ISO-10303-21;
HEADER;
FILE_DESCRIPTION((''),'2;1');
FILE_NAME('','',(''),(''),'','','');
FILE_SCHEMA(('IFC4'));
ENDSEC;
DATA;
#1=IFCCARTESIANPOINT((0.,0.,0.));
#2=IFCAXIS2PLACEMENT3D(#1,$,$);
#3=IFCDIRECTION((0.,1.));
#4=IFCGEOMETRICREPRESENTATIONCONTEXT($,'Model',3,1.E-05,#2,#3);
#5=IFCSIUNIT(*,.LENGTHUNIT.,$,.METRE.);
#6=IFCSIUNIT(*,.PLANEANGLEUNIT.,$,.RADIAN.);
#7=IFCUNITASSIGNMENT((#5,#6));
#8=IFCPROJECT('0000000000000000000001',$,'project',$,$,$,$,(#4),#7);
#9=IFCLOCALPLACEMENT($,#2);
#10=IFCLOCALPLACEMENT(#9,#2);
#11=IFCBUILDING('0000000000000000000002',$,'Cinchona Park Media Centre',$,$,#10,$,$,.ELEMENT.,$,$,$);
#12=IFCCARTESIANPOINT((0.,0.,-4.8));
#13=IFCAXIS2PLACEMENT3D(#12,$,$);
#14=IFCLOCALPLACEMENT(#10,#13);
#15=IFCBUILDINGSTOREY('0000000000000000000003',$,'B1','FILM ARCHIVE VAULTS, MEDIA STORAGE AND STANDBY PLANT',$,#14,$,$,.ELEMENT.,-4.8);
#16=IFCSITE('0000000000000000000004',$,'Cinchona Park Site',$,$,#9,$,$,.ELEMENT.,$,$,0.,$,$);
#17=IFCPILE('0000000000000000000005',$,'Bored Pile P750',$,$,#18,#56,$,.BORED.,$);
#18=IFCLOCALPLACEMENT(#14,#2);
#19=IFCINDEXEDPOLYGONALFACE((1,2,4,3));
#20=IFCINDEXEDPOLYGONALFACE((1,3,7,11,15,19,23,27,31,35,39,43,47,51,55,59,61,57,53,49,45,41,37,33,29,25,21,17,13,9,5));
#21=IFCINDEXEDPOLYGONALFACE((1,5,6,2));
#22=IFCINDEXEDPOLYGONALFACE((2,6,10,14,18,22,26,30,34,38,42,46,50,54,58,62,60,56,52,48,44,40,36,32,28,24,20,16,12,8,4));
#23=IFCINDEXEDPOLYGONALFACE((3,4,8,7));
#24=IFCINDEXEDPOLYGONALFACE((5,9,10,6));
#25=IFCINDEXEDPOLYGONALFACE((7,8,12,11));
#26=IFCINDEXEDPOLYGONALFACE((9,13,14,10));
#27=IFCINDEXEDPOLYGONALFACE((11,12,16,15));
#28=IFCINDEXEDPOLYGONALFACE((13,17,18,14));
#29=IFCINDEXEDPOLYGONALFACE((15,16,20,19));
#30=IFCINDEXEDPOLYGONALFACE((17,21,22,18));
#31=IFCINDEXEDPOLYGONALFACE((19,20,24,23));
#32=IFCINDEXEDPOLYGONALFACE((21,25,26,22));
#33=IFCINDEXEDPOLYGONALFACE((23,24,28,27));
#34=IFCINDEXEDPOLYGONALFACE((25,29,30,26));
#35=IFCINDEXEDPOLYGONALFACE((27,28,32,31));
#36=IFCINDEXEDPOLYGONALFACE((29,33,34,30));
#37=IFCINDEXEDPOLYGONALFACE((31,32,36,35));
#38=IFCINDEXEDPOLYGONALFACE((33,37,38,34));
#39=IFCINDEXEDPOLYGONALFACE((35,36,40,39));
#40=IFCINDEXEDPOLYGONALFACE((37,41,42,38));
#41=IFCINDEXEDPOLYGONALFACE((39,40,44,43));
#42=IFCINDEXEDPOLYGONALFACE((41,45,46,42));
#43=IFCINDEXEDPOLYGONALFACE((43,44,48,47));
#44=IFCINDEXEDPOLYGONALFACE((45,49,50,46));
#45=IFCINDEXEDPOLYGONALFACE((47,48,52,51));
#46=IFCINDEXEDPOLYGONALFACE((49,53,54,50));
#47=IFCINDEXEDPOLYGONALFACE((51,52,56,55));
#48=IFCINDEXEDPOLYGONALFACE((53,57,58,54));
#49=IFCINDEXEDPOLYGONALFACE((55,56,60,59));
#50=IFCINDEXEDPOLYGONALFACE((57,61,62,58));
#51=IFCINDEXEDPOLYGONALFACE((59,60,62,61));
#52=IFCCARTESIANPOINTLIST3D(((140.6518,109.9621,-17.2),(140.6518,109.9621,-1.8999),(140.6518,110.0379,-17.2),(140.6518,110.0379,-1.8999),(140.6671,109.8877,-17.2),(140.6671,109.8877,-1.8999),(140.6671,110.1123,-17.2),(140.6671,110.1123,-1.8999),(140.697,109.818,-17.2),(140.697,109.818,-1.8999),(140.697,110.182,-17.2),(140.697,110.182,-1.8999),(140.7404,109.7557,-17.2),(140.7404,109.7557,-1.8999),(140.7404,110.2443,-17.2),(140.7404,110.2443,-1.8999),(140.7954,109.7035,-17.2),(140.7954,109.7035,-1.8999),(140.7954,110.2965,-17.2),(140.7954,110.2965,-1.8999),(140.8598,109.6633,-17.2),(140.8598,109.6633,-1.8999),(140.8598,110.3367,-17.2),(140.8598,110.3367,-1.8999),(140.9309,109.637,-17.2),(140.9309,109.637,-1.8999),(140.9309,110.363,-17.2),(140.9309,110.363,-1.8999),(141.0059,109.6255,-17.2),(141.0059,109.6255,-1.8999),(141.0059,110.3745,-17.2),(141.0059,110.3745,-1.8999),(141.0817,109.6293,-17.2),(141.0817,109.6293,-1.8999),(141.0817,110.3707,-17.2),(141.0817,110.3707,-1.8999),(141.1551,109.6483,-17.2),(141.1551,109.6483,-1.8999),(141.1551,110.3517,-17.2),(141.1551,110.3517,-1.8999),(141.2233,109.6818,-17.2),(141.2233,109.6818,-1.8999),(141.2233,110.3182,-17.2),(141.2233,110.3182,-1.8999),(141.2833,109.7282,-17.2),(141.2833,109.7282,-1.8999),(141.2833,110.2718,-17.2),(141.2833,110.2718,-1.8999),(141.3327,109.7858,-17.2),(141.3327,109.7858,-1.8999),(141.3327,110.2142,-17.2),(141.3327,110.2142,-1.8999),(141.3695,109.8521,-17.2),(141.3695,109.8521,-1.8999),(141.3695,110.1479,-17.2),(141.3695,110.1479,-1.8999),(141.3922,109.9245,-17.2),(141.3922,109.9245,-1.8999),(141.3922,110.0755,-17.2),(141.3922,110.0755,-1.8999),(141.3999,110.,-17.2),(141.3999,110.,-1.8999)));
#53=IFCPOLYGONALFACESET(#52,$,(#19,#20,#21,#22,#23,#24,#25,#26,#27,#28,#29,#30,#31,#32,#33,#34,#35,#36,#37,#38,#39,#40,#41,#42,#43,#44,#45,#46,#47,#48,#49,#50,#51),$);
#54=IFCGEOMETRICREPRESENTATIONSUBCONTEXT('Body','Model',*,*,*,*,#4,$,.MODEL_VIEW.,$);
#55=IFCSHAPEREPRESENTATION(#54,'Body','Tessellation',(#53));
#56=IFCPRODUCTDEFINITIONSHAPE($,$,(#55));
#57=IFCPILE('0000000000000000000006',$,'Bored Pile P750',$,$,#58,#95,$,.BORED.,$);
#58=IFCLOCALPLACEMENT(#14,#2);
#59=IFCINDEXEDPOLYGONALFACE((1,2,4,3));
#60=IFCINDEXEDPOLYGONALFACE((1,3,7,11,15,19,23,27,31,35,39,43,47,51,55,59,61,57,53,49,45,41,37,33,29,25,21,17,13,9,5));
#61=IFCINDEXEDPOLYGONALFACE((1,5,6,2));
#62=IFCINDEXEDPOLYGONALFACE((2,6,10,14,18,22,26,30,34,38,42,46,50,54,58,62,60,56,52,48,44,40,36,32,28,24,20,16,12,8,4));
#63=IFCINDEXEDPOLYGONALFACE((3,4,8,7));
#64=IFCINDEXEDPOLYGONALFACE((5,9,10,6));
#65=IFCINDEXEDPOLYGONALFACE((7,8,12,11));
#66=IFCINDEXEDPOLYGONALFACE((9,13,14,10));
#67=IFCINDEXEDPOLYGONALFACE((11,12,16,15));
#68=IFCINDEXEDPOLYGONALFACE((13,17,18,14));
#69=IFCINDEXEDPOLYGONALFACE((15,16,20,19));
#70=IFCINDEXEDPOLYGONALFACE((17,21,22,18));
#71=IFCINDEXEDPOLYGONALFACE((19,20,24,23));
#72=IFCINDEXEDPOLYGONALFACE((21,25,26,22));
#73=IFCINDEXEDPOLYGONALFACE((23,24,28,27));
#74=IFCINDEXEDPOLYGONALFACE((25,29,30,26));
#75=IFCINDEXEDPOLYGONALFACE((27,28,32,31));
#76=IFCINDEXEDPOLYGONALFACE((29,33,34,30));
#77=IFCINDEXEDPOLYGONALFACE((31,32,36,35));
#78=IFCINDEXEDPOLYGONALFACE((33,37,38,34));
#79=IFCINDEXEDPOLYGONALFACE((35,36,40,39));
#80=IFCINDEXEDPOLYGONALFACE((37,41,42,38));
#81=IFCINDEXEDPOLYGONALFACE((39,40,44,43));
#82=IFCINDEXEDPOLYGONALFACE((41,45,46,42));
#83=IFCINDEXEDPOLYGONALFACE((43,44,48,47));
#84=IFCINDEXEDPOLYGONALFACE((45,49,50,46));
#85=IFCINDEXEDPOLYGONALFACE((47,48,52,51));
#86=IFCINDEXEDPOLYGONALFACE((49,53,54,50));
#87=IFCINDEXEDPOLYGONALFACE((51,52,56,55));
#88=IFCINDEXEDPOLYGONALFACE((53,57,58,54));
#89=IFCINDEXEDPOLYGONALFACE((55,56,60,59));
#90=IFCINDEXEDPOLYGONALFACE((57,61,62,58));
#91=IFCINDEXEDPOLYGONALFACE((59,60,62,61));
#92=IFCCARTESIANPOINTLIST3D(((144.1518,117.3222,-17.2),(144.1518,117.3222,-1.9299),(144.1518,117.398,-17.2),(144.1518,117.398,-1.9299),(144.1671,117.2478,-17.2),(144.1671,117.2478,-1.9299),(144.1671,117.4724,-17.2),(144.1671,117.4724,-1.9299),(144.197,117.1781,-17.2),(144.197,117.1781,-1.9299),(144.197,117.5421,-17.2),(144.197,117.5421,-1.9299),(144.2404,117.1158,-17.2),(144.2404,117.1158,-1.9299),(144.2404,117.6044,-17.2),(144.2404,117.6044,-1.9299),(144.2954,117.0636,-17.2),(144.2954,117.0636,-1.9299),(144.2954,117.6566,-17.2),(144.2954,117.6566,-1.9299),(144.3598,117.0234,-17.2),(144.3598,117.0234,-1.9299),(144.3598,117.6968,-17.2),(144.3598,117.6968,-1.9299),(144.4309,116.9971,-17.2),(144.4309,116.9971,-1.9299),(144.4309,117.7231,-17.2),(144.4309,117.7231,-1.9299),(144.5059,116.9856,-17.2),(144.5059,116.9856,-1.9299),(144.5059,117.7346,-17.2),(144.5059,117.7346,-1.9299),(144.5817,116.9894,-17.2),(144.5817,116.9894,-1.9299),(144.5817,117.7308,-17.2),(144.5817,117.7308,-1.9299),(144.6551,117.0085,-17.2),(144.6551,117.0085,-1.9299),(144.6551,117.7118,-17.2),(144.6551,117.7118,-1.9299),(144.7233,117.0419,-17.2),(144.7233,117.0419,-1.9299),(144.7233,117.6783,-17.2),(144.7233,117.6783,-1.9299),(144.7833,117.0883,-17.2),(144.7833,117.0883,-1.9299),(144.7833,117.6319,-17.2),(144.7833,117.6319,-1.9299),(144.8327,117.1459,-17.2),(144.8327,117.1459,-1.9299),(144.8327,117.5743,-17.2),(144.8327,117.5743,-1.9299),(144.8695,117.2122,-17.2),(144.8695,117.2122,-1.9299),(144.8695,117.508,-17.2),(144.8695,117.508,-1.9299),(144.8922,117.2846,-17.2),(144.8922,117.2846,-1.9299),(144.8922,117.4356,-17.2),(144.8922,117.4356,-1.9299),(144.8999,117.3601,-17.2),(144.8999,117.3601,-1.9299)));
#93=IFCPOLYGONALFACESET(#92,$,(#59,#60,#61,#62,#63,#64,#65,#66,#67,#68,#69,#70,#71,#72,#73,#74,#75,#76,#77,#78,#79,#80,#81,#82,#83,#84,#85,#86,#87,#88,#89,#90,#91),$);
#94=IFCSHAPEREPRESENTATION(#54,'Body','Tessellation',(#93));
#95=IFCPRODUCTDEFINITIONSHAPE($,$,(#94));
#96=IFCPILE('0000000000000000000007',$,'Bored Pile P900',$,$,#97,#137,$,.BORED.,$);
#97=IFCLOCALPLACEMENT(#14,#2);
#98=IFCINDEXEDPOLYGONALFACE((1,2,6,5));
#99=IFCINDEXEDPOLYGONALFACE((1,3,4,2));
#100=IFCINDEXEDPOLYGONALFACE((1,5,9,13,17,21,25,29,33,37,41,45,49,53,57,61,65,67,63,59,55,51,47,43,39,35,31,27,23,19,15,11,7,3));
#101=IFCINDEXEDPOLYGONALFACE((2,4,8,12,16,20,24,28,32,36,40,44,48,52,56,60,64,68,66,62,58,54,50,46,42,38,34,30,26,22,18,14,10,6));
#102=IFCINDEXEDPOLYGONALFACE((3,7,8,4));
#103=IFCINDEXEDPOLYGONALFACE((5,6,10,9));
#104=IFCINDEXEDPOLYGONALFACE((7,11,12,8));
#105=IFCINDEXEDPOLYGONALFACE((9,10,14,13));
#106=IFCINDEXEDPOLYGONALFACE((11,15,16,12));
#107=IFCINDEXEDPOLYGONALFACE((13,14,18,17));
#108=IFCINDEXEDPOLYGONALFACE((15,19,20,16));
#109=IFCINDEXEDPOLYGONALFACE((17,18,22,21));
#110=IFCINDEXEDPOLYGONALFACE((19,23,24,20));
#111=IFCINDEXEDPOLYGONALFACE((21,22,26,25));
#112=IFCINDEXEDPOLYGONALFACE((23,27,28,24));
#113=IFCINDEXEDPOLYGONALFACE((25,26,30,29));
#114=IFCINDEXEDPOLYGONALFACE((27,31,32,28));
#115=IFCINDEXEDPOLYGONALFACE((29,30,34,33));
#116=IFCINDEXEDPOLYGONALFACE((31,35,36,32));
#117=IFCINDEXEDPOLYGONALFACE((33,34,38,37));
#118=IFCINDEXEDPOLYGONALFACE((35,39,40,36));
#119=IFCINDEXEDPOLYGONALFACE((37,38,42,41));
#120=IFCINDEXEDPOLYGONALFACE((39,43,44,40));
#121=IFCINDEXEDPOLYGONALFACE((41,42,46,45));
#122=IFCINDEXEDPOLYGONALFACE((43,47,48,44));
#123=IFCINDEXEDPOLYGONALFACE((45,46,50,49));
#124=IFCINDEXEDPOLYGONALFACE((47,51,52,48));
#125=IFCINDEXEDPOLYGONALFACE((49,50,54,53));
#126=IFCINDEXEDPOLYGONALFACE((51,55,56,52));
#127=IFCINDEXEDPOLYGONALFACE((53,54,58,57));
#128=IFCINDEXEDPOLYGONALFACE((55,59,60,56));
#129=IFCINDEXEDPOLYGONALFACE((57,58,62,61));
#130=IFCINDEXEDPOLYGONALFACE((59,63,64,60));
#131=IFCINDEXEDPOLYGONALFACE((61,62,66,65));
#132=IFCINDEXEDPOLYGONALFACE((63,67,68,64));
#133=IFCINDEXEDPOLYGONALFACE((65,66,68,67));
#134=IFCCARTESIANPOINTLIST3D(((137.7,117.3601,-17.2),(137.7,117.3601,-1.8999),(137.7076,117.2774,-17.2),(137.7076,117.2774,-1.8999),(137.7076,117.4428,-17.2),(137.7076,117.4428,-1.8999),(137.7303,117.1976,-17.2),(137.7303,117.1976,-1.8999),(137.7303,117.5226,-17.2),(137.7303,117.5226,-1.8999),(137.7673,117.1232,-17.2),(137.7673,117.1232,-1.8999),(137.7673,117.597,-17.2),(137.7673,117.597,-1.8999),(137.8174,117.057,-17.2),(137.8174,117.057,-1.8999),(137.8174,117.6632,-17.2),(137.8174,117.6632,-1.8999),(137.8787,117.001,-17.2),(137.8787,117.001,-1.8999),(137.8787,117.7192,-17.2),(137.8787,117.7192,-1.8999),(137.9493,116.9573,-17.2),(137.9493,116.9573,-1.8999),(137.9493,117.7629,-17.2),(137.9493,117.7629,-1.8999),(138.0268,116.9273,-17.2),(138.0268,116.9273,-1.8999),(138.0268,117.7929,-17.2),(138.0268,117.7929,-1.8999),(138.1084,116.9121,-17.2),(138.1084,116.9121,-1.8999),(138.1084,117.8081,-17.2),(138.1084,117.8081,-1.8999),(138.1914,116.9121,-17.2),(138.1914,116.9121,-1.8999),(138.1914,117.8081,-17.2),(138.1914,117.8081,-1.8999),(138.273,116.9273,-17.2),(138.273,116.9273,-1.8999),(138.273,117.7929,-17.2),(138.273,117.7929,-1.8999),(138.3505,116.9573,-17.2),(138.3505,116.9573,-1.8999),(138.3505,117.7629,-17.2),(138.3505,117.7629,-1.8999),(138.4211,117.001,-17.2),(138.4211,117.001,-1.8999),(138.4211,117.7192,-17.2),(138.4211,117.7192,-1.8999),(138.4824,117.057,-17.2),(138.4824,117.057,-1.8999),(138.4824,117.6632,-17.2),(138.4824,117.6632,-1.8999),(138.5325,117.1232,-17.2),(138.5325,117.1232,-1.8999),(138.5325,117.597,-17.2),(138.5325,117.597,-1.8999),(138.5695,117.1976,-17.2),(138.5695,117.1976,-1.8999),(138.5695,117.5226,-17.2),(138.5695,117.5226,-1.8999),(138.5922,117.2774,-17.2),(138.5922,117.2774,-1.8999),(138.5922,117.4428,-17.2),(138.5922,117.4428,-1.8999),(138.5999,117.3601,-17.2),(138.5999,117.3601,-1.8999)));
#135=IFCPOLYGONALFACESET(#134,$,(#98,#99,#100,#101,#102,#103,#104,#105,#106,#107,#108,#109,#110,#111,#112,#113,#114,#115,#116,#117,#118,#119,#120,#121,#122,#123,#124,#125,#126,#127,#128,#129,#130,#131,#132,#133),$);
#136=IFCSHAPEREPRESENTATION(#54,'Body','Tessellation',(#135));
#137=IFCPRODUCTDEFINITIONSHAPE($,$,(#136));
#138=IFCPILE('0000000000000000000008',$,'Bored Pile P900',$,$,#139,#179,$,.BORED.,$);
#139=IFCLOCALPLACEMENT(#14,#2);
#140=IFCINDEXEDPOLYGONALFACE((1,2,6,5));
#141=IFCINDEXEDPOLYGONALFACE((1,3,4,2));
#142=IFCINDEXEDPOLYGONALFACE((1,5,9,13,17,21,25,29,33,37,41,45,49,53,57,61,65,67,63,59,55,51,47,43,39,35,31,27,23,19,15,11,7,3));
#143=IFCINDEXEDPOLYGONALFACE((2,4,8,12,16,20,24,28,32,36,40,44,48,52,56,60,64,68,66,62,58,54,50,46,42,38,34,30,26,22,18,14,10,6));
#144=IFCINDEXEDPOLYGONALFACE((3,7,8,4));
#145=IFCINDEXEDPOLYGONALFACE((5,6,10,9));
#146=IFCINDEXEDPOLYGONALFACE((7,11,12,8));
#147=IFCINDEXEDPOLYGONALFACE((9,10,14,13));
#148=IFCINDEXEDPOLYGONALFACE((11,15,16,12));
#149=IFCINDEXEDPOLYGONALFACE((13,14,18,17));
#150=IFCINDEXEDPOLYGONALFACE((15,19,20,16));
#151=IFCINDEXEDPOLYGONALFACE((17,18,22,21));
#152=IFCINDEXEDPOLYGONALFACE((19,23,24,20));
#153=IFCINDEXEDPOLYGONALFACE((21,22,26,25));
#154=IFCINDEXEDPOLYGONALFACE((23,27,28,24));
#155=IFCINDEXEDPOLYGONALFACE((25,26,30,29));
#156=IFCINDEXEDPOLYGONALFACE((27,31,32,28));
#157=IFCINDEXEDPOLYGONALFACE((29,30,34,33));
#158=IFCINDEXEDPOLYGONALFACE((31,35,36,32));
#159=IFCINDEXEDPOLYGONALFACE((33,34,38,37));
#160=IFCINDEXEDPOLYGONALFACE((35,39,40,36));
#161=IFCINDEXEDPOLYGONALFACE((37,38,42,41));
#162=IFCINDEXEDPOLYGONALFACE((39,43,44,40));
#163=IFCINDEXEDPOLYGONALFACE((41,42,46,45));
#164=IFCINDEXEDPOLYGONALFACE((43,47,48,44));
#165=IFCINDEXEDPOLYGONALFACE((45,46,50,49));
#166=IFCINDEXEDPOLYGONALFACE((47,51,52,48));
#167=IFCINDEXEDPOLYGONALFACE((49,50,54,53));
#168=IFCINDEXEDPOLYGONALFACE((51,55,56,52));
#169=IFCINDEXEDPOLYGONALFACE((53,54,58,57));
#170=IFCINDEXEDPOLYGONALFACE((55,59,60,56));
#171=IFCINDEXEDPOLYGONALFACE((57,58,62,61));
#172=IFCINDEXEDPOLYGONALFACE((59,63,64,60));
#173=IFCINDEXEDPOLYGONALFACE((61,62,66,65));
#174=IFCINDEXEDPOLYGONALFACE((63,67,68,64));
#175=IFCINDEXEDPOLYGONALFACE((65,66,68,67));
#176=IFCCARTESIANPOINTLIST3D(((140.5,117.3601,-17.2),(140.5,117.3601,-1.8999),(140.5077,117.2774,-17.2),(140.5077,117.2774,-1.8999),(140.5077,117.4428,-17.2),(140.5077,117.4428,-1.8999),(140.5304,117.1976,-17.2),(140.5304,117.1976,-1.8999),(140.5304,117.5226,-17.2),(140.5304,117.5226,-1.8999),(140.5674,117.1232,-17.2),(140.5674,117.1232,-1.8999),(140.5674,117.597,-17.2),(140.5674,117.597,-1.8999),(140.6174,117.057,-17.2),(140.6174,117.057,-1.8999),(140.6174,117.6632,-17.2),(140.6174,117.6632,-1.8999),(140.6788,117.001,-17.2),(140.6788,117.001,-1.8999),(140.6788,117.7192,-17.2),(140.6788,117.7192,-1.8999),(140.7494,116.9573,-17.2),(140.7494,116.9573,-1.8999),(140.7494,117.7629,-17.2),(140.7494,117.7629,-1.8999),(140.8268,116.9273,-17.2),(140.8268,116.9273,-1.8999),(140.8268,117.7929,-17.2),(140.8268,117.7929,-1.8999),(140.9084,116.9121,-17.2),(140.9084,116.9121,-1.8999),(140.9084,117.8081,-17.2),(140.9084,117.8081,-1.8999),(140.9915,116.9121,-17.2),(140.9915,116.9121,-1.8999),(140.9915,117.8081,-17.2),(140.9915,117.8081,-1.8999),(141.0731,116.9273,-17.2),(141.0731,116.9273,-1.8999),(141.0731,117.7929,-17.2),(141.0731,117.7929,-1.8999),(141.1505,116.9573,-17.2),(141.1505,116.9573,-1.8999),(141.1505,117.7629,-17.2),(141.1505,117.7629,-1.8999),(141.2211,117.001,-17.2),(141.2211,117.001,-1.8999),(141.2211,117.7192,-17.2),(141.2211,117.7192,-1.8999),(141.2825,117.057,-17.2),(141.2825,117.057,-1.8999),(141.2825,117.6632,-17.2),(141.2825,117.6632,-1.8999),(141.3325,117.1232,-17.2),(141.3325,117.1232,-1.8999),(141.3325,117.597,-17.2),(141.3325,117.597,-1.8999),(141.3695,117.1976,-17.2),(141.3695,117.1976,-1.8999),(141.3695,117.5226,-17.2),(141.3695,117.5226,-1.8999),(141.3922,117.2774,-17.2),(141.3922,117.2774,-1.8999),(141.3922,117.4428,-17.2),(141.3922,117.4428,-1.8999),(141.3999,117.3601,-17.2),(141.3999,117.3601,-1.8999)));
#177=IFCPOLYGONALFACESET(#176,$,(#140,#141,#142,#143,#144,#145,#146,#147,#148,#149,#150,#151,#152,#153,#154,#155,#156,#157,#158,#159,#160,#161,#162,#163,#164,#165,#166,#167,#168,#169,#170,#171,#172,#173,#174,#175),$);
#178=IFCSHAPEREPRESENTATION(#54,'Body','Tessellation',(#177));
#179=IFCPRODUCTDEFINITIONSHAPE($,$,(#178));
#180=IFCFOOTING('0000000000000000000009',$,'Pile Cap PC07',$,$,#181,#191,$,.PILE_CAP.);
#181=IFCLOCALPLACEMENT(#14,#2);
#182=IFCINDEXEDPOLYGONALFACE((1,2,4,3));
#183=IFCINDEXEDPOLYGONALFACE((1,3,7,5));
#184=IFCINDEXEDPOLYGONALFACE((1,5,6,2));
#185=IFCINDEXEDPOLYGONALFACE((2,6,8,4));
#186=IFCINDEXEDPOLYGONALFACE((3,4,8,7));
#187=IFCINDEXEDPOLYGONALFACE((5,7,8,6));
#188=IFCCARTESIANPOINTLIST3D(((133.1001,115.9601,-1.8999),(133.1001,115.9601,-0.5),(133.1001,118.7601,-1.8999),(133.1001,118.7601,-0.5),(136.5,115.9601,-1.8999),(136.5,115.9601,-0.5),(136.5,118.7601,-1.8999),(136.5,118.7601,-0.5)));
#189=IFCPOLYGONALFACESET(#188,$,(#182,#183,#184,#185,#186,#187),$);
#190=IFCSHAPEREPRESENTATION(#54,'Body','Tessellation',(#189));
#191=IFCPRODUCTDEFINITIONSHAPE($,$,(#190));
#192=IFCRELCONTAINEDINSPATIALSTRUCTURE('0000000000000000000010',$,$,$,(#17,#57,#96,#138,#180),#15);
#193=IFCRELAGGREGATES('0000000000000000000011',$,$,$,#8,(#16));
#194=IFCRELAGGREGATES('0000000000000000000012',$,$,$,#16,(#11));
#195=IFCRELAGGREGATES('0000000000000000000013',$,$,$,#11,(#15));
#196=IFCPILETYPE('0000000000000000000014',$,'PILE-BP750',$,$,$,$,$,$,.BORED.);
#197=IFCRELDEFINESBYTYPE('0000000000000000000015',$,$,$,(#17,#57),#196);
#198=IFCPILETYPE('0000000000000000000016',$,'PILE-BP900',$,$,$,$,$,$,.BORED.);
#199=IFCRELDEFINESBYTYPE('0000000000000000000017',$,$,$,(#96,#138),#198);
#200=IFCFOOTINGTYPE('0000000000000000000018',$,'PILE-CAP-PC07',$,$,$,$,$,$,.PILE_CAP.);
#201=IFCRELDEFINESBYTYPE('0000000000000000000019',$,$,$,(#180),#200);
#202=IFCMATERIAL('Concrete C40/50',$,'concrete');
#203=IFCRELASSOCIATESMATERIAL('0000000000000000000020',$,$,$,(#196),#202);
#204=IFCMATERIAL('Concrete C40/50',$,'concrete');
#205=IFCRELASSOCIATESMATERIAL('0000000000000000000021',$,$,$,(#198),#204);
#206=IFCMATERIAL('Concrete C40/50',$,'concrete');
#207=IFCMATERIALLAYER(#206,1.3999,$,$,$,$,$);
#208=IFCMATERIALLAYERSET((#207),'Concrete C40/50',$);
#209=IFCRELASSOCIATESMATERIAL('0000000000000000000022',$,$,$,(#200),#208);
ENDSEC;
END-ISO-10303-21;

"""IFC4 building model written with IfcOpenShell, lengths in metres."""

from ifc_helpers import new_model, si_unit, direction, frame, origin, origin_2d, place, context, subcontext, project, spatial, rectangle, circle, extrude, material, layer, layer_set, material_profile, profile_set, type_object, element, save


model = new_model("IFC4")

# Units and contexts
model_context = context("Model", 3, precision=1e-05, world=origin(), true_north=direction((0.0, 1.0)))
body_context = subcontext(model_context, "Body", "Model", "MODEL_VIEW")
ifc_project = project(units=[si_unit("LENGTHUNIT", "METRE"), si_unit("PLANEANGLEUNIT", "RADIAN")], contexts=[model_context])

# Site, building, storey
site_placement = place(None, origin())
site = spatial("IfcSite", under=ifc_project, at=site_placement, Name="Cinchona Park Site", CompositionType="ELEMENT", RefElevation=0.0)
building_placement = place(site_placement, origin())
building = spatial("IfcBuilding", under=site, at=building_placement, Name="Cinchona Park Media Centre", CompositionType="ELEMENT")
storey_placement = place(building_placement, frame((0.0, 0.0, -4.8)))
storey = spatial("IfcBuildingStorey", under=building, at=storey_placement, Name="B1", Description="FILM ARCHIVE VAULTS, MEDIA STORAGE AND STANDBY PLANT", CompositionType="ELEMENT", Elevation=-4.8)

# Piles
ifc_material_1 = material(Name="Concrete C40/50", Category="concrete")
ifc_material_profile_1 = material_profile(ifc_material_1, circle(Radius=0.375, at=origin_2d()), Name="BORED PILE 750")
ifc_profile_set_1 = profile_set([ifc_material_profile_1], Name="Concrete C40/50")
pile_type_1 = type_object("IfcPileType", Name="PILE-BP750", PredefinedType="BORED", material=ifc_profile_set_1)
for number, where, z_axis, x_axis, name in (
    (1, (141.0249, 110.0, -1.8999), (0.0, 0.0, -1.0), (1.0, 0.0, 0.0), "Bored Pile P750"),
):
    element("IfcPile", number, at=place(storey_placement, frame(where, z_axis=z_axis, x_axis=x_axis)), inside=storey, type_object=pile_type_1, Name=name, PredefinedType="BORED", context=body_context, shape_type="SweptSolid", body=[
        extrude(circle(Radius=0.375, at=origin_2d()), origin(), (0.0, 0.0, 1.0), 15.3),
    ])
pile_1_placement = place(storey_placement, frame((144.5249, 117.3601, -1.9299), z_axis=(0.0, 0.0, -1.0), x_axis=(1.0, 0.0, 0.0)))
element("IfcPile", 2, at=pile_1_placement, inside=storey, type_object=pile_type_1, Name="Bored Pile P750", PredefinedType="BORED", context=body_context, shape_type="SweptSolid", body=[
    extrude(circle(Radius=0.375, at=origin_2d()), origin(), (0.0, 0.0, 1.0), 15.27),
])
ifc_material_2 = material(Name="Concrete C40/50", Category="concrete")
ifc_material_profile_2 = material_profile(ifc_material_2, circle(Radius=0.45, at=origin_2d()), Name="BORED PILE 900")
ifc_profile_set_2 = profile_set([ifc_material_profile_2], Name="Concrete C40/50")
pile_type_2 = type_object("IfcPileType", Name="PILE-BP900", PredefinedType="BORED", material=ifc_profile_set_2)
for number, where, z_axis, x_axis, name in (
    (3, (138.1499, 117.3601, -1.8999), (0.0, 0.0, -1.0), (1.0, 0.0, 0.0), "Bored Pile P900"),
    (4, (140.95, 117.3601, -1.8999), (0.0, 0.0, -1.0), (1.0, 0.0, 0.0), "Bored Pile P900"),
):
    element("IfcPile", number, at=place(storey_placement, frame(where, z_axis=z_axis, x_axis=x_axis)), inside=storey, type_object=pile_type_2, Name=name, PredefinedType="BORED", context=body_context, shape_type="SweptSolid", body=[
        extrude(circle(Radius=0.45, at=origin_2d()), origin(), (0.0, 0.0, 1.0), 15.3),
    ])

# Footing
ifc_material_3 = material(Name="Concrete C40/50", Category="concrete")
ifc_layer_1 = layer(ifc_material_3, 1.3999)
ifc_layer_set_1 = layer_set([ifc_layer_1], Name="Concrete C40/50")
footing_type_1 = type_object("IfcFootingType", Name="PILE-CAP-PC07", PredefinedType="PILE_CAP", material=ifc_layer_set_1)
footing_1_placement = place(storey_placement, frame((134.8, 117.3601, -1.8999), z_axis=(0.0, 0.0, 1.0), x_axis=(1.0, 0.0, 0.0)))
element("IfcFooting", 5, at=footing_1_placement, inside=storey, type_object=footing_type_1, Name="Pile Cap PC07", PredefinedType="PILE_CAP", context=body_context, shape_type="SweptSolid", body=[
    extrude(rectangle(XDim=3.3999, YDim=2.8, at=origin_2d()), origin(), (0.0, 0.0, 1.0), 1.3999),
])

save(model, "model.ifc")
